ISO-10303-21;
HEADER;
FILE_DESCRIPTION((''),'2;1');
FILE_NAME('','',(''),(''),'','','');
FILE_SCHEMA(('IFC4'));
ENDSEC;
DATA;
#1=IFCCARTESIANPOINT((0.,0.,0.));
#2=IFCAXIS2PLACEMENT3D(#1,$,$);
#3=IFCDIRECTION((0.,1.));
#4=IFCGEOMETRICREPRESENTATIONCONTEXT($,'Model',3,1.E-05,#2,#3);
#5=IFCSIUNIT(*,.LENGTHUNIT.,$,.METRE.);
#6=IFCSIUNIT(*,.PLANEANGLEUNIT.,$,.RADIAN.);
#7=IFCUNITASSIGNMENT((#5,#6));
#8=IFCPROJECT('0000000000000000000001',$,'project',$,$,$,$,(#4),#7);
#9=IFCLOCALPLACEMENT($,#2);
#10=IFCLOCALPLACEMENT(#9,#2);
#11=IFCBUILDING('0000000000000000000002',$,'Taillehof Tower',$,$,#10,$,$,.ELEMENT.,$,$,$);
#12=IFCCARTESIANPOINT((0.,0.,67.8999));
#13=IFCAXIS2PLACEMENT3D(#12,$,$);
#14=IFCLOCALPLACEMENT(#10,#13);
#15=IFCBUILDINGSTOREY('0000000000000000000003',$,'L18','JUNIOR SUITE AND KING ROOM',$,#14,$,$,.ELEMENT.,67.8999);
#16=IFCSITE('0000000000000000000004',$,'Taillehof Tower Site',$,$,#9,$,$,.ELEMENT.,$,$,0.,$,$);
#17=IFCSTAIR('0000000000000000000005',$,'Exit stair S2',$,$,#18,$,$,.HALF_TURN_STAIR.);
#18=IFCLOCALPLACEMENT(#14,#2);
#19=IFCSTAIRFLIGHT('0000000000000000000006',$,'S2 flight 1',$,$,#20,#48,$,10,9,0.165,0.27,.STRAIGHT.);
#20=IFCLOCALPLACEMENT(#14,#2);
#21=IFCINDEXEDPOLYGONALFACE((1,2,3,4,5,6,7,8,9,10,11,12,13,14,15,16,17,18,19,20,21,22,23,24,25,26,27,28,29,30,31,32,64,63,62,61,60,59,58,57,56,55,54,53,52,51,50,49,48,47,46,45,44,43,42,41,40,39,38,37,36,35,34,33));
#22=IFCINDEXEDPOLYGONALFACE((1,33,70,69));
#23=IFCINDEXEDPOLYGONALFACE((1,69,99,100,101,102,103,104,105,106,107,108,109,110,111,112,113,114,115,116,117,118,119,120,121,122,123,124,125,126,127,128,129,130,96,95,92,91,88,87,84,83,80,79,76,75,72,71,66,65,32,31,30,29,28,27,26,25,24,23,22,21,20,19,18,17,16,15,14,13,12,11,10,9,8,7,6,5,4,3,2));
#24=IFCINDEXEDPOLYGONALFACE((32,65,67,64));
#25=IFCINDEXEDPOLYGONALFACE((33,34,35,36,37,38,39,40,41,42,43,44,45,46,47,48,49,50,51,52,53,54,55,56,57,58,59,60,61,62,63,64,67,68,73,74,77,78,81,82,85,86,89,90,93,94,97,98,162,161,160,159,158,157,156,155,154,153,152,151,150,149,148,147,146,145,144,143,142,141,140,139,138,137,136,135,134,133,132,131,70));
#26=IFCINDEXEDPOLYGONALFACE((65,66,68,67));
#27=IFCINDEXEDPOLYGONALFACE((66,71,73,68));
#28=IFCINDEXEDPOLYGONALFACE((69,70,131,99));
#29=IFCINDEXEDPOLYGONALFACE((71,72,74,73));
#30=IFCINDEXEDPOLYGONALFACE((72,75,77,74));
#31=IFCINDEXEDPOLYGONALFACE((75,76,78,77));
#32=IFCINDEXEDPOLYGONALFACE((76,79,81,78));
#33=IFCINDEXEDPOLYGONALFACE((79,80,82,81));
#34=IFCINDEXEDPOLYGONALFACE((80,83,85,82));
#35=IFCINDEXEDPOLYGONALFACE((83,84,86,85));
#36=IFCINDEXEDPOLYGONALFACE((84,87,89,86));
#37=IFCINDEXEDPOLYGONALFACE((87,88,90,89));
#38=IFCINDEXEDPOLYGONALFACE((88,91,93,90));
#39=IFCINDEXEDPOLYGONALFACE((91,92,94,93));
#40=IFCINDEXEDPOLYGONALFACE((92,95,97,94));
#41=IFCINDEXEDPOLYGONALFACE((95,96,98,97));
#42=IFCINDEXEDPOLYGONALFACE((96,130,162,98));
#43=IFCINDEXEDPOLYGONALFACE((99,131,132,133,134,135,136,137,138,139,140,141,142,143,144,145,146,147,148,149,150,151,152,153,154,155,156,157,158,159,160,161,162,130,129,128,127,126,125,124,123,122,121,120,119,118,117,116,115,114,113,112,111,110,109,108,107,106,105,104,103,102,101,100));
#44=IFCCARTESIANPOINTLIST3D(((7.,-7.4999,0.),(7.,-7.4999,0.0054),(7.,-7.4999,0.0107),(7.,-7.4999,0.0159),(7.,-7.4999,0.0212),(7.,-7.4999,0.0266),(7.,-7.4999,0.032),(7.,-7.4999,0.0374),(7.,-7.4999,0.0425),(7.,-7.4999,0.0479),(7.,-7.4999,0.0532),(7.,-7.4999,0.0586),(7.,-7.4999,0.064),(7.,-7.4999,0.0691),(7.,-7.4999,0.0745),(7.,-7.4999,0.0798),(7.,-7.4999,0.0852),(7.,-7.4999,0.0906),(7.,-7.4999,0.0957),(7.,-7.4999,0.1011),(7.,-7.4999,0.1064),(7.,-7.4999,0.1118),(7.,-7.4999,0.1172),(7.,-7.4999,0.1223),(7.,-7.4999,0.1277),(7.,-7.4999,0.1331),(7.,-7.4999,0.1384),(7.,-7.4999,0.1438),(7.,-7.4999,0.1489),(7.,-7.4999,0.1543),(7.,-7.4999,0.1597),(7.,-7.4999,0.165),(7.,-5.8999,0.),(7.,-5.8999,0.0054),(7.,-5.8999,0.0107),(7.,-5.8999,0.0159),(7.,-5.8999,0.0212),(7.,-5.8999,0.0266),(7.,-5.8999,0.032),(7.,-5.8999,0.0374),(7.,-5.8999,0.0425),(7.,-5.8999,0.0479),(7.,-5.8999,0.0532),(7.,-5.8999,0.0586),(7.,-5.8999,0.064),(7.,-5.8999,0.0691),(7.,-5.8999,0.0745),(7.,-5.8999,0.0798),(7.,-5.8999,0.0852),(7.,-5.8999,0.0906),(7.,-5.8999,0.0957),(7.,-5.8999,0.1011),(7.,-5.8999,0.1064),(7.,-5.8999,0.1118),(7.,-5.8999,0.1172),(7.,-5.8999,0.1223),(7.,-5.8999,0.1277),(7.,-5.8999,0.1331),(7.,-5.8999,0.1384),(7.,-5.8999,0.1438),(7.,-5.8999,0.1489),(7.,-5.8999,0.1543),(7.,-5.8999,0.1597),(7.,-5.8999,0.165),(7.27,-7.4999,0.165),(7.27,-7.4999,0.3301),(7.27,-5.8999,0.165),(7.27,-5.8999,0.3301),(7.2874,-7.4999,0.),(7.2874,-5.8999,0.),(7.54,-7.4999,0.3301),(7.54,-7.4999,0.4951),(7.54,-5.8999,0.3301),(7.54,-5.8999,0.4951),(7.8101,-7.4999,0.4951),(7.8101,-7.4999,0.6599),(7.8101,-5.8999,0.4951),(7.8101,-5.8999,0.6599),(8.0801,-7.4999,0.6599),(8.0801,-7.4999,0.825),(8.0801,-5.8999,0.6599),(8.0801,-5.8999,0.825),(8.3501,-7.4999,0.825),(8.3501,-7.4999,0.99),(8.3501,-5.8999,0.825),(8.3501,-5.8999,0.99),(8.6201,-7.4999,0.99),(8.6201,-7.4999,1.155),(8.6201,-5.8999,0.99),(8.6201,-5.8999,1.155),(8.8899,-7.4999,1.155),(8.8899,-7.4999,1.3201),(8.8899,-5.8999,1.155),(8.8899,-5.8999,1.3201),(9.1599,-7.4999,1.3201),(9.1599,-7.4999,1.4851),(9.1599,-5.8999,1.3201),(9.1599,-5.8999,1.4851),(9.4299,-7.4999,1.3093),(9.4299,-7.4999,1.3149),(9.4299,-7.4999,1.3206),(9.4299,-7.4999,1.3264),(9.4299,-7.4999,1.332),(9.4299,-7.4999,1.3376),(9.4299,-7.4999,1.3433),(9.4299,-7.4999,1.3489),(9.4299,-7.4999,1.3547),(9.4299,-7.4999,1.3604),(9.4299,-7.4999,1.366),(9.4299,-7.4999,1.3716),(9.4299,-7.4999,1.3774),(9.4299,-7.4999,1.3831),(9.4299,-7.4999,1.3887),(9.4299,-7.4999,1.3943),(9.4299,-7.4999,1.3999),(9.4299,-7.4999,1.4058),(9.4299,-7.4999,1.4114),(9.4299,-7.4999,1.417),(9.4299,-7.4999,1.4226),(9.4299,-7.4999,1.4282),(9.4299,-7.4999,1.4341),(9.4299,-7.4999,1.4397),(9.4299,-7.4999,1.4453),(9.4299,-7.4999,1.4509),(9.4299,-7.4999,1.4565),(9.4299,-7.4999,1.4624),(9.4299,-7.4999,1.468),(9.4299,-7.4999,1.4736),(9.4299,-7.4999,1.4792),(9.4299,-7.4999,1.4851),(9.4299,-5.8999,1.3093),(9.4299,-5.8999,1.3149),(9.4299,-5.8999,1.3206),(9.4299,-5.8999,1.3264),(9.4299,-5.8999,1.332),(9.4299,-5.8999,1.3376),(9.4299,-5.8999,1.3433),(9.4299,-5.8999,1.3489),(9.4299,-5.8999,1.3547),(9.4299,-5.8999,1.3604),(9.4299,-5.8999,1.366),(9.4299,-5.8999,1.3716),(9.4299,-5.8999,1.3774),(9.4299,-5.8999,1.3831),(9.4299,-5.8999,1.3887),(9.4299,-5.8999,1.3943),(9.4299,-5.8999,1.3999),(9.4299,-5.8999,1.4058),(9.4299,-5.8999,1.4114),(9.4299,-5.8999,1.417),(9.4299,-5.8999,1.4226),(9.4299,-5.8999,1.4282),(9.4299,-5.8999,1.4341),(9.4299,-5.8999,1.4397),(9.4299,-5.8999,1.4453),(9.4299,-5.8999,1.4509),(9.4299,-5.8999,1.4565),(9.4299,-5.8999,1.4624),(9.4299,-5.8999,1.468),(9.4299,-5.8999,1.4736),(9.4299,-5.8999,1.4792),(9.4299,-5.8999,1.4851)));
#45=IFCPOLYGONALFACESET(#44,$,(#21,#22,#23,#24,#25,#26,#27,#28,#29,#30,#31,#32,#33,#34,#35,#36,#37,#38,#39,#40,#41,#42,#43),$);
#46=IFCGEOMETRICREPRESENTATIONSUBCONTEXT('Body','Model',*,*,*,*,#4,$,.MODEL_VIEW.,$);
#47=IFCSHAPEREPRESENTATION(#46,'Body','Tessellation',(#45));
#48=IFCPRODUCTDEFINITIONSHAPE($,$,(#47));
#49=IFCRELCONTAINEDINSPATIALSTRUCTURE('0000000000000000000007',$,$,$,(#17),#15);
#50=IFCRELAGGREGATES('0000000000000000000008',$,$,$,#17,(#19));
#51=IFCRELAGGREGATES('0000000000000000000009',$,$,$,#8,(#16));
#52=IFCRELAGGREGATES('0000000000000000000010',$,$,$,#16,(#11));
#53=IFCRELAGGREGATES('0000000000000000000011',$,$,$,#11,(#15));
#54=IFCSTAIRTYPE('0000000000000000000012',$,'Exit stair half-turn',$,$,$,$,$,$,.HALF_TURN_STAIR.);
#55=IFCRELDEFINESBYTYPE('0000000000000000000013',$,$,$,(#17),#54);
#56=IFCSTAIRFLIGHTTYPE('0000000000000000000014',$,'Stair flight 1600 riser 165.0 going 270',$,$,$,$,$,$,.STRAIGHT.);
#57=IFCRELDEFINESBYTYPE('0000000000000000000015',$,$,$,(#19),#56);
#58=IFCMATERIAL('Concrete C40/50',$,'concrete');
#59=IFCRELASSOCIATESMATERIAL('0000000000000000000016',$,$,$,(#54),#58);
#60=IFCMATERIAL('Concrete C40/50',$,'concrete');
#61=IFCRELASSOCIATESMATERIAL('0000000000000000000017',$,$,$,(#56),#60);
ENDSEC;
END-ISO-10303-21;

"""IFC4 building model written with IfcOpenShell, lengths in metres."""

from ifc_helpers import new_model, si_unit, direction, frame, origin, place, context, subcontext, project, spatial, polyline, outline, extrude, material, type_object, element, aggregate, save


model = new_model("IFC4")

# Units and contexts
model_context = context("Model", 3, precision=1e-05, world=origin(), true_north=direction((0.0, 1.0)))
body_context = subcontext(model_context, "Body", "Model", "MODEL_VIEW")
ifc_project = project(units=[si_unit("LENGTHUNIT", "METRE"), si_unit("PLANEANGLEUNIT", "RADIAN")], contexts=[model_context])

# Site, building, storey
site_placement = place(None, origin())
site = spatial("IfcSite", under=ifc_project, at=site_placement, Name="Taillehof Tower Site", CompositionType="ELEMENT", RefElevation=0.0)
building_placement = place(site_placement, origin())
building = spatial("IfcBuilding", under=site, at=building_placement, Name="Taillehof Tower", CompositionType="ELEMENT")
storey_placement = place(building_placement, frame((0.0, 0.0, 67.8999)))
storey = spatial("IfcBuildingStorey", under=building, at=storey_placement, Name="L18", Description="JUNIOR SUITE AND KING ROOM", CompositionType="ELEMENT", Elevation=67.8999)

# Stair
ifc_material_1 = material(Name="Concrete C40/50", Category="concrete")
stair_type = type_object("IfcStairType", Name="Exit stair half-turn", PredefinedType="HALF_TURN_STAIR", material=ifc_material_1)
stair_1_placement = place(storey_placement, origin())
stair_1 = element("IfcStair", 1, at=stair_1_placement, inside=storey, type_object=stair_type, Name="Exit stair S2", PredefinedType="HALF_TURN_STAIR")

# Stair flight
ifc_material_2 = material(Name="Concrete C40/50", Category="concrete")
stair_flight_type = type_object("IfcStairFlightType", Name="Stair flight 1600 riser 165.0 going 270", PredefinedType="STRAIGHT", material=ifc_material_2)
stair_flight_placement = place(storey_placement, frame((7.0, -6.7, 0.0), z_axis=(0.0, 0.0, 1.0), x_axis=(1.0, 0.0, 0.0)))
stair_flight = element("IfcStairFlight", 2, at=stair_flight_placement, type_object=stair_flight_type, Name="S2 flight 1", NumberOfRisers=10, NumberOfTreads=9, PredefinedType="STRAIGHT", RiserHeight=0.165, TreadLength=0.27, context=body_context, shape_type="SweptSolid", body=[
    extrude(outline(polyline([(0.0, 0.0), (0.0, 0.0054), (0.0, 0.0107), (0.0, 0.0159), (0.0, 0.0212), (0.0, 0.0266), (0.0, 0.032), (0.0, 0.0374), (0.0, 0.0425), (0.0, 0.0479), (0.0, 0.0532), (0.0, 0.0586), (0.0, 0.064), (0.0, 0.0691), (0.0, 0.0745), (0.0, 0.0798), (0.0, 0.0852), (0.0, 0.0906), (0.0, 0.0957), (0.0, 0.1011), (0.0, 0.1064), (0.0, 0.1118), (0.0, 0.1172), (0.0, 0.1223), (0.0, 0.1277), (0.0, 0.1331), (0.0, 0.1384), (0.0, 0.1438), (0.0, 0.1489), (0.0, 0.1543), (0.0, 0.1597), (0.0, 0.165), (0.27, 0.165), (0.27, 0.3301), (0.54, 0.3301), (0.54, 0.4951), (0.8101, 0.4951), (0.8101, 0.6599), (1.0801, 0.6599), (1.0801, 0.825), (1.3501, 0.825), (1.3501, 0.99), (1.6201, 0.99), (1.6201, 1.155), (1.8899, 1.155), (1.8899, 1.3201), (2.1599, 1.3201), (2.1599, 1.4851), (2.4299, 1.4851), (2.4299, 1.4792), (2.4299, 1.4736), (2.4299, 1.468), (2.4299, 1.4624), (2.4299, 1.4565), (2.4299, 1.4509), (2.4299, 1.4453), (2.4299, 1.4397), (2.4299, 1.4341), (2.4299, 1.4282), (2.4299, 1.4226), (2.4299, 1.417), (2.4299, 1.4114), (2.4299, 1.4058), (2.4299, 1.3999), (2.4299, 1.3943), (2.4299, 1.3887), (2.4299, 1.3831), (2.4299, 1.3774), (2.4299, 1.3716), (2.4299, 1.366), (2.4299, 1.3604), (2.4299, 1.3547), (2.4299, 1.3489), (2.4299, 1.3433), (2.4299, 1.3376), (2.4299, 1.332), (2.4299, 1.3264), (2.4299, 1.3206), (2.4299, 1.3149), (2.4299, 1.3093), (0.2874, 0.0), (0.0, 0.0)])), frame((0.0, 0.8, 0.0), z_axis=(0.0, -1.0, 0.0), x_axis=(1.0, 0.0, 0.0)), (0.0, 0.0, 1.0), 1.6),
])
aggregate(stair_1, [stair_flight])

save(model, "model.ifc")
